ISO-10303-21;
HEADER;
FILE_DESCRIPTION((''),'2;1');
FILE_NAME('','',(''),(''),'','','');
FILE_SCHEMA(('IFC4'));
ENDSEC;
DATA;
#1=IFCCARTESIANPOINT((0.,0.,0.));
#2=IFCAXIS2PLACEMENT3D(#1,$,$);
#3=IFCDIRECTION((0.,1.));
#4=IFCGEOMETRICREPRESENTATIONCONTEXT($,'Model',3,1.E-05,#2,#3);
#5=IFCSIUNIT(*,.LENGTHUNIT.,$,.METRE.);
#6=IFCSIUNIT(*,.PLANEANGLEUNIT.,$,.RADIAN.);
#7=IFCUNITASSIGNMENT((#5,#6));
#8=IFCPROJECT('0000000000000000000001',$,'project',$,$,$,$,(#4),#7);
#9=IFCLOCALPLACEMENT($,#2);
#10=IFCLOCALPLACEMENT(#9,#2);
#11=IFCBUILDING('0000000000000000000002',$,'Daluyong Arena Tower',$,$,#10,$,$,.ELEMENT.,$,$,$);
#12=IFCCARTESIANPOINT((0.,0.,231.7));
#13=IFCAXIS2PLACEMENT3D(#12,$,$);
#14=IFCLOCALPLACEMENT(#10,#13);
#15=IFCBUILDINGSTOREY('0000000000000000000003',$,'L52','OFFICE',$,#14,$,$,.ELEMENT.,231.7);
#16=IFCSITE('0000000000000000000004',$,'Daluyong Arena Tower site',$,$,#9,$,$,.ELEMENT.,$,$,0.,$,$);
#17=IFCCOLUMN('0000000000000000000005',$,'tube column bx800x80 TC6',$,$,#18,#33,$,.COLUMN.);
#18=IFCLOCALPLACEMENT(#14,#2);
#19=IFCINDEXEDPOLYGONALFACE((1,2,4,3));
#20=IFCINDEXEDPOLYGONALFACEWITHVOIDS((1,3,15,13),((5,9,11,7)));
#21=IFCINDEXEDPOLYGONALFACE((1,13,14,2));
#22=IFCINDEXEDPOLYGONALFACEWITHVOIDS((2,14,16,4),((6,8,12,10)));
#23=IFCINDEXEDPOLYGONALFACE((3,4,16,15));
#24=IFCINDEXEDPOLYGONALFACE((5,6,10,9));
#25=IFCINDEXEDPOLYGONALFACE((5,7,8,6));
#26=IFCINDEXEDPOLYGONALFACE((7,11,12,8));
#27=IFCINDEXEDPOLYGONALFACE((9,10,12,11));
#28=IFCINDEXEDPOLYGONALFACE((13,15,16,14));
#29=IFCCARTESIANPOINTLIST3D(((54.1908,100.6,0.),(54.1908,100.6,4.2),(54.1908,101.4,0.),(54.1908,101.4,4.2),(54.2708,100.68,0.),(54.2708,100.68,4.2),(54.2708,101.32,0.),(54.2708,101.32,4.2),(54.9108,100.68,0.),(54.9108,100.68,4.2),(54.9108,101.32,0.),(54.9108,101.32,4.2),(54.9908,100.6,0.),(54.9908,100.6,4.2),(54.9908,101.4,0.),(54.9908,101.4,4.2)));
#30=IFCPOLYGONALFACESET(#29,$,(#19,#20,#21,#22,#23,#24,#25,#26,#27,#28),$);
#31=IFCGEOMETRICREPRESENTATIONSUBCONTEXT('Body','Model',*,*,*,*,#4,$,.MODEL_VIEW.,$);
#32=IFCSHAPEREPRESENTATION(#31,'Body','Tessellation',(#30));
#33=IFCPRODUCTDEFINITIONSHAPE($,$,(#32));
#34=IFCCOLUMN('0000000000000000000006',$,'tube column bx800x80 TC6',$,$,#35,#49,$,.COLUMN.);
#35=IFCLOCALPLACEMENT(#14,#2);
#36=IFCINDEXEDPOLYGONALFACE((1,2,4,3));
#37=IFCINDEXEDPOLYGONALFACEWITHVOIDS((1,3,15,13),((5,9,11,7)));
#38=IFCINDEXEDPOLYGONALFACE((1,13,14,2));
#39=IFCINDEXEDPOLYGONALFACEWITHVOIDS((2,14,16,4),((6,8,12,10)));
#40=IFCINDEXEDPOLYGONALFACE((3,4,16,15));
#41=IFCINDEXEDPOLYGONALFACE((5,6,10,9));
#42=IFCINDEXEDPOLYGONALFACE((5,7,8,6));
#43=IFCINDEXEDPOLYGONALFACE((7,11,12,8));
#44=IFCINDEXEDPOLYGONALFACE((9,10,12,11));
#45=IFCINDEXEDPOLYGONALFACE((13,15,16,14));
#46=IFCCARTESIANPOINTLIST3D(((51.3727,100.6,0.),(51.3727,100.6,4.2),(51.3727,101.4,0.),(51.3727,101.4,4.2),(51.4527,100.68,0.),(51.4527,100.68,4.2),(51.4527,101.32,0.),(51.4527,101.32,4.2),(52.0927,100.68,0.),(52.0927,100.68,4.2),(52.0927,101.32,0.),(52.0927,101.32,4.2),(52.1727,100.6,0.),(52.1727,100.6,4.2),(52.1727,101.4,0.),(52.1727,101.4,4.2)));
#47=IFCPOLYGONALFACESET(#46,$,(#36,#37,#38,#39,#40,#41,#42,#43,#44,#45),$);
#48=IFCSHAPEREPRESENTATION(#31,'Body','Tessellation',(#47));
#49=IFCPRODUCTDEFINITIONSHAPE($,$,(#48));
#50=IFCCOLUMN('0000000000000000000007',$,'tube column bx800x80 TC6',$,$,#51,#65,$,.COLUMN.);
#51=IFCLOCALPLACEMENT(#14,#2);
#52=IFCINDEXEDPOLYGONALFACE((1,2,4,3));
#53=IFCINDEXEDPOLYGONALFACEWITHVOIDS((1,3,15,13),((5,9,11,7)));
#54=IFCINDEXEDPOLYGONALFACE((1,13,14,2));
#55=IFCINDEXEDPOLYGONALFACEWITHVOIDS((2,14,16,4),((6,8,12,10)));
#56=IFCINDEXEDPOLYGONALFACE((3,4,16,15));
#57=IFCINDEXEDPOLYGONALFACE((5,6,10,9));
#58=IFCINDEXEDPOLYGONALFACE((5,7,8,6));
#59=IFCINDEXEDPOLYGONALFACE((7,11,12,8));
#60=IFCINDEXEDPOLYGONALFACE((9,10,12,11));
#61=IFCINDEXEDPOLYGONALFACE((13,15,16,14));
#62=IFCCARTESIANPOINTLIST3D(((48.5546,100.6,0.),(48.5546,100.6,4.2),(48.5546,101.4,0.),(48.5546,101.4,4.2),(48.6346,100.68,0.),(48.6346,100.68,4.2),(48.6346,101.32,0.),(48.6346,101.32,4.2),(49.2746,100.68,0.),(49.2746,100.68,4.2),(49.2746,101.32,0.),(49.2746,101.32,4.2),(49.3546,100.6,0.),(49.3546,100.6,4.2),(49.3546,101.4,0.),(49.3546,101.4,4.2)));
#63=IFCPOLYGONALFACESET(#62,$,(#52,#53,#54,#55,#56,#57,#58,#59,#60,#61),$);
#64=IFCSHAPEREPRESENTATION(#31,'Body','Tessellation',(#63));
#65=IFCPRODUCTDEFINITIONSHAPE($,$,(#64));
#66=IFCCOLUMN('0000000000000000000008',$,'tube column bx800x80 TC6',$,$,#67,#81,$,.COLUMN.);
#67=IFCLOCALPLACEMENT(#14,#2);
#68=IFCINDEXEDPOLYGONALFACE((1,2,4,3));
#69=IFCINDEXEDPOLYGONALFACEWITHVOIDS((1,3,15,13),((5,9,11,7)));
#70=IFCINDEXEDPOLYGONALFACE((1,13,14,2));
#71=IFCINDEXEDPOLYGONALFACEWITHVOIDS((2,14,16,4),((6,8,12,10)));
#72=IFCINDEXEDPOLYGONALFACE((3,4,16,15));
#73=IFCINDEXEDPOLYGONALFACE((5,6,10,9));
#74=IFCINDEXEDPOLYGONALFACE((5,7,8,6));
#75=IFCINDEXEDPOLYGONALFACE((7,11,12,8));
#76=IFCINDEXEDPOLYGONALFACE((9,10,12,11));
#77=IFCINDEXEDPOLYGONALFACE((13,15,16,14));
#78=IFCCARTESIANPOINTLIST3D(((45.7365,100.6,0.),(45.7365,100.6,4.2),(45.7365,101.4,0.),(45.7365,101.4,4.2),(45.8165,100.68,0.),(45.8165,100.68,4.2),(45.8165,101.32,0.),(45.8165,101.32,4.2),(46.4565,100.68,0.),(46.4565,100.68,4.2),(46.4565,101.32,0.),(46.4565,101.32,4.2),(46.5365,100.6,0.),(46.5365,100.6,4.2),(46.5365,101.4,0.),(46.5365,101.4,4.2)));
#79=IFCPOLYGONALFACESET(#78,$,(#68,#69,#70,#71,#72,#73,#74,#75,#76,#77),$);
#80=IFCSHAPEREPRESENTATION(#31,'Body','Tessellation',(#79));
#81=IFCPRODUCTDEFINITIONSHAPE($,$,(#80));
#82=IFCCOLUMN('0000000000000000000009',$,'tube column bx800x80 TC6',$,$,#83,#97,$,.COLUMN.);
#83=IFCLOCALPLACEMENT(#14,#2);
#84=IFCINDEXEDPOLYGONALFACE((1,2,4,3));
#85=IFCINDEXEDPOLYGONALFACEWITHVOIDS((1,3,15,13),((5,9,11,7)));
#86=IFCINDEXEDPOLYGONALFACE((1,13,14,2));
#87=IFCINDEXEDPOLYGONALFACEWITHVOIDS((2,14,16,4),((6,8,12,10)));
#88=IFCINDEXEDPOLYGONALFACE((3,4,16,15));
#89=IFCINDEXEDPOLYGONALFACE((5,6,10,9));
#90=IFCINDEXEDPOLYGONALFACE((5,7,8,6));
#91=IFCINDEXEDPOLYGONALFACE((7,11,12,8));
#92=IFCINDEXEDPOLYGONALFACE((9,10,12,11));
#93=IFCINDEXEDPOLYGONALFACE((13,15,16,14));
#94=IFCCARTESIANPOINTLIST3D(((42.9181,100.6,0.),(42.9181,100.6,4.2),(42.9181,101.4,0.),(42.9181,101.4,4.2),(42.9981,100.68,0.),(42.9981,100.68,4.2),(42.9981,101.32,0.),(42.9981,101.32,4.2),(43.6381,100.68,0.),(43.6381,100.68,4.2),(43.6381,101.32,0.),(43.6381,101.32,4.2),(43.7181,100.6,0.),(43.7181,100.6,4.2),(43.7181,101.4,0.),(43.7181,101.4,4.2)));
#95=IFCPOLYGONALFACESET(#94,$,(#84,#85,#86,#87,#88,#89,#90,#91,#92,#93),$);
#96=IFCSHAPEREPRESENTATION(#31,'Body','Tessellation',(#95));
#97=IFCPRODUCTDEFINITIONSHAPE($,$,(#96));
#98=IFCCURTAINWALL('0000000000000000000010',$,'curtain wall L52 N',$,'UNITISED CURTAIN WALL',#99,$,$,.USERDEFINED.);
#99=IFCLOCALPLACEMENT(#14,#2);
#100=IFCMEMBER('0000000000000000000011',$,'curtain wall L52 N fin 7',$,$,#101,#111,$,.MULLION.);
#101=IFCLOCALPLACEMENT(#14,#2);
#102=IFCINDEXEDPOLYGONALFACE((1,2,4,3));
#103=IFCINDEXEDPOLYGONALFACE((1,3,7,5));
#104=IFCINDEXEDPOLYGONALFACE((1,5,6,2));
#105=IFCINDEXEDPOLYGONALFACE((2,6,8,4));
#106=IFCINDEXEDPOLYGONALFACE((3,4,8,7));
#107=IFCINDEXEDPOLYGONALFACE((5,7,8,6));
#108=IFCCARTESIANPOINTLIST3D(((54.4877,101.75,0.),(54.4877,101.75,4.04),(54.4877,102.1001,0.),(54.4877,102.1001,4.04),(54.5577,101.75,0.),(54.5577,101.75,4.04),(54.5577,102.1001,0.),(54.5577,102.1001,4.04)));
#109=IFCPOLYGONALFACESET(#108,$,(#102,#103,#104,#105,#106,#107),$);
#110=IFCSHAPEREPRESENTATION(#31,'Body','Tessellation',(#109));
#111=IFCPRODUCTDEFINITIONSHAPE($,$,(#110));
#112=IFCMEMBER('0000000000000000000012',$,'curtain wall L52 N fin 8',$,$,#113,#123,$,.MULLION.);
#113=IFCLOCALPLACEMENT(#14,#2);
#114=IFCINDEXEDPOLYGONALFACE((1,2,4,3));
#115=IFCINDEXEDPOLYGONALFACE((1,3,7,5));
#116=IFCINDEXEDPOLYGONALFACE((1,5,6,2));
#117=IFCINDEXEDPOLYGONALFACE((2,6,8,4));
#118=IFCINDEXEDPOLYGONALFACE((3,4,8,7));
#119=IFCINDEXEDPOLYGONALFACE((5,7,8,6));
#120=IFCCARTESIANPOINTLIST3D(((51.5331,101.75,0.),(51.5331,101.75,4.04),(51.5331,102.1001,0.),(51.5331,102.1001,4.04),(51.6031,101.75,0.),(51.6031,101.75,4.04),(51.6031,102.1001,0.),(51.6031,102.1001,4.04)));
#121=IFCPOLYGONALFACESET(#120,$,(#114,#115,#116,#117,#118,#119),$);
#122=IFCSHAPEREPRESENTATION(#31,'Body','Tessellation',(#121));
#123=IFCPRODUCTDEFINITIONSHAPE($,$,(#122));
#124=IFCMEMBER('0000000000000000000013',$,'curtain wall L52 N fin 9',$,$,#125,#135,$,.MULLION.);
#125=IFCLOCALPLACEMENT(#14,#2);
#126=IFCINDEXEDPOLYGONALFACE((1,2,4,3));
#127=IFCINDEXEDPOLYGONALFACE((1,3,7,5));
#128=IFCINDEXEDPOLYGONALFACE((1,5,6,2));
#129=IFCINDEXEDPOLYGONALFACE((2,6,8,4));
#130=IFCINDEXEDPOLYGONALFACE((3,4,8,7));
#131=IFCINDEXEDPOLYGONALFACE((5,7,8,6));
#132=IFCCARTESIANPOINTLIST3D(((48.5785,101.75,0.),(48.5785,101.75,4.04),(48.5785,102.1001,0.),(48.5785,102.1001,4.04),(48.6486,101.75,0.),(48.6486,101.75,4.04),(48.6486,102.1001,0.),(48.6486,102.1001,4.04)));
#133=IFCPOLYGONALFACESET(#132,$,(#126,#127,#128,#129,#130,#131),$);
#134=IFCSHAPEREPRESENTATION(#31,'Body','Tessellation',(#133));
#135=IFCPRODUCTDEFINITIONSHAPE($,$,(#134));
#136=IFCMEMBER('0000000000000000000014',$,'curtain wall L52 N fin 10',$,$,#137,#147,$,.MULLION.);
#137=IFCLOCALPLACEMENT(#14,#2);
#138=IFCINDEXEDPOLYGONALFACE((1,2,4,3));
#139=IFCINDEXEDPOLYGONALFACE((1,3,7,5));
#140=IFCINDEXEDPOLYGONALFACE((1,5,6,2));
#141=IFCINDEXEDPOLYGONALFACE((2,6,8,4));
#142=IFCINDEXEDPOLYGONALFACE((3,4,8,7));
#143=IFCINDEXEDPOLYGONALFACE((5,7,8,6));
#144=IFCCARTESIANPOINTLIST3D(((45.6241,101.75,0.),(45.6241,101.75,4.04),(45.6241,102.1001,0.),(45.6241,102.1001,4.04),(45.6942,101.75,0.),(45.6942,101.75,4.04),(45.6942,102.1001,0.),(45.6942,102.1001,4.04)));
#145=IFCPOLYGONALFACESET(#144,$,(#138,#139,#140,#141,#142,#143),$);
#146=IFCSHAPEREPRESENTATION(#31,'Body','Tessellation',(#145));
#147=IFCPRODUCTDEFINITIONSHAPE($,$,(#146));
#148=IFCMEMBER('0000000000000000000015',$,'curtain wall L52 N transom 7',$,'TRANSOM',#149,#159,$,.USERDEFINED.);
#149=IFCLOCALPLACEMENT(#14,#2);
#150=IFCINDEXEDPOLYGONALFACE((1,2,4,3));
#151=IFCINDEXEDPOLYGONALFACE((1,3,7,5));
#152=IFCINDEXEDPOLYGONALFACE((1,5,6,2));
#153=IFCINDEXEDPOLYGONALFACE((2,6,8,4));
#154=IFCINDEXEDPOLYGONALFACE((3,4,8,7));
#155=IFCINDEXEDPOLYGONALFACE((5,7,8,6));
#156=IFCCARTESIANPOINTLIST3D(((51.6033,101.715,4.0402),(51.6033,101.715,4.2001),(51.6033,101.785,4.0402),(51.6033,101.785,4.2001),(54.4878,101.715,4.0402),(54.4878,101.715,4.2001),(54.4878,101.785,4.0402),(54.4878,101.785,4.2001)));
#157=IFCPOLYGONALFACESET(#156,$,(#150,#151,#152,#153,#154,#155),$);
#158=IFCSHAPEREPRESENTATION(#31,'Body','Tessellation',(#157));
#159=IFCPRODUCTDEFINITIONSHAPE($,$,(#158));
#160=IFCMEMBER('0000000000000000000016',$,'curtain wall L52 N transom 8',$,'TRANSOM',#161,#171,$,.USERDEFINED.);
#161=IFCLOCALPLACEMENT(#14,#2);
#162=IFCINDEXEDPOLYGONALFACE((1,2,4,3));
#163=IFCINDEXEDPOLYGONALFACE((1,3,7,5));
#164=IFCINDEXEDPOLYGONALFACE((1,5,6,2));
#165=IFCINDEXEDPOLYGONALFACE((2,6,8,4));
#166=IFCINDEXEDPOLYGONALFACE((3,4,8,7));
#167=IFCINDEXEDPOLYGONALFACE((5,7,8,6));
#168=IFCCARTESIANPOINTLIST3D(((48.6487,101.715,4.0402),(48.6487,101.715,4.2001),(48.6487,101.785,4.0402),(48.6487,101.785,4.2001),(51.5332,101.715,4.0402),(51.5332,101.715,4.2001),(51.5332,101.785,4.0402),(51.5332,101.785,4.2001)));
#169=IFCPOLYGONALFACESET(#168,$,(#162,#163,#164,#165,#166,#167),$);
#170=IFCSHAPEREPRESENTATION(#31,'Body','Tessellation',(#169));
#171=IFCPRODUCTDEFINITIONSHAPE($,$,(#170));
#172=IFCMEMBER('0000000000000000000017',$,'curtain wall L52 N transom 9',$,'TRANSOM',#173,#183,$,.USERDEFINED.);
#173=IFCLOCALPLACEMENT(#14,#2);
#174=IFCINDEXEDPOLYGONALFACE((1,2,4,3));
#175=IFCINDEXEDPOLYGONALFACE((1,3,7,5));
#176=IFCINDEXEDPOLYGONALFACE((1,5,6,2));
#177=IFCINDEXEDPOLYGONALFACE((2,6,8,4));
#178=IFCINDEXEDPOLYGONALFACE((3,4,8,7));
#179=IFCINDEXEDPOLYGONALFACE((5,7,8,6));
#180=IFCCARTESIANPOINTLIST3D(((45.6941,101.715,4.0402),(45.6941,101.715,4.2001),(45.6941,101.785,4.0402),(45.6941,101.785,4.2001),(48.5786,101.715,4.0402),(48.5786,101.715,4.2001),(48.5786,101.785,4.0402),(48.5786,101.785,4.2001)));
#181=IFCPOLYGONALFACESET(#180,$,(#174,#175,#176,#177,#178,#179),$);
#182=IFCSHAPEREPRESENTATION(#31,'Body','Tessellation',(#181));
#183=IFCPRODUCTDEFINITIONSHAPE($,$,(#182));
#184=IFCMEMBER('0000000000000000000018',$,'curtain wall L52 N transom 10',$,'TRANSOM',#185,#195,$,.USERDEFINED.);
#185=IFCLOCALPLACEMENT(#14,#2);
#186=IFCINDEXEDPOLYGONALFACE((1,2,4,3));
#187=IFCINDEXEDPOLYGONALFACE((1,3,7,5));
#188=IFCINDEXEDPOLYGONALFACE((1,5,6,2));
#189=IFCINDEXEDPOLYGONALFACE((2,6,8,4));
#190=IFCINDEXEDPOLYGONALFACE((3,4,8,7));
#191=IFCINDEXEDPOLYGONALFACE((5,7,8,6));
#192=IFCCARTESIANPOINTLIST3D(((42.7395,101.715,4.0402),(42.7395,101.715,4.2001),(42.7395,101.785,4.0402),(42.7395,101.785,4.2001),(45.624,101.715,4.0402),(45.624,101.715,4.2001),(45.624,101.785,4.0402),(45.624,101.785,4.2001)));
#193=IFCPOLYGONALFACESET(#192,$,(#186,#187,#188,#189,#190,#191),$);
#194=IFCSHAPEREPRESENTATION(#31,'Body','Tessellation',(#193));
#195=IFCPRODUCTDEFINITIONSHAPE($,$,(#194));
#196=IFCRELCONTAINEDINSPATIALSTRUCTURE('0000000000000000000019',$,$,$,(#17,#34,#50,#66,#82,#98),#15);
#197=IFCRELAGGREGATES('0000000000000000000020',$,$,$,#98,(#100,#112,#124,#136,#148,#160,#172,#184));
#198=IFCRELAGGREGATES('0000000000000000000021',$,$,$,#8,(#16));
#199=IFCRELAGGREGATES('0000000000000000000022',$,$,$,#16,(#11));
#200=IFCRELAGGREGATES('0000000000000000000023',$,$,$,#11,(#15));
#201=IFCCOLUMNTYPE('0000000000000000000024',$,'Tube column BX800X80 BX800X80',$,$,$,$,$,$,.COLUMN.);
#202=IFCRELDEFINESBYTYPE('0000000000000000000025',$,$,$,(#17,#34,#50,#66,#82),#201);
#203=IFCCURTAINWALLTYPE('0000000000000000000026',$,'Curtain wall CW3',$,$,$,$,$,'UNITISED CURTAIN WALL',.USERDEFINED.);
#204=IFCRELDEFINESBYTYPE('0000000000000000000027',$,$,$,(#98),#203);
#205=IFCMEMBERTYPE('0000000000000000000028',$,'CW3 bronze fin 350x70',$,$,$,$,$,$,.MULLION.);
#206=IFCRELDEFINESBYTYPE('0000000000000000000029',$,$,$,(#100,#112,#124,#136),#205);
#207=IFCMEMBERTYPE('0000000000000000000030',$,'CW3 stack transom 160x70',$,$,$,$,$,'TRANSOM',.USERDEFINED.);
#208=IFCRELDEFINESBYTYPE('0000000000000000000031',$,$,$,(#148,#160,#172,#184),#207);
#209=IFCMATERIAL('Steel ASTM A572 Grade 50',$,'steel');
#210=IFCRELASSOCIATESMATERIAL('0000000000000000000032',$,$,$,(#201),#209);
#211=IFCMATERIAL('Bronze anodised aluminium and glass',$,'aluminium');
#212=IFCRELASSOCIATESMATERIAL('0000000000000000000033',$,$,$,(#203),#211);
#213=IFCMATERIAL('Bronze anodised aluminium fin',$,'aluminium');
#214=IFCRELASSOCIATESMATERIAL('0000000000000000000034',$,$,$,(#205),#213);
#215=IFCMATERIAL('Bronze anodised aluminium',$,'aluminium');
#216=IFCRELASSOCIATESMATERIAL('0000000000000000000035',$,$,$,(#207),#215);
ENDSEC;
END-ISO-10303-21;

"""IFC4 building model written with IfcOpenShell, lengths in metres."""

from ifc_helpers import new_model, si_unit, direction, frame, origin, origin_2d, place, context, subcontext, project, spatial, rectangle, hollow_rectangle, extrude, material, material_profile, profile_set, type_object, element, aggregate, save


model = new_model("IFC4")

# Units and contexts
model_context = context("Model", 3, precision=1e-05, world=origin(), true_north=direction((0.0, 1.0)))
body_context = subcontext(model_context, "Body", "Model", "MODEL_VIEW")
ifc_project = project(units=[si_unit("LENGTHUNIT", "METRE"), si_unit("PLANEANGLEUNIT", "RADIAN")], contexts=[model_context])

# Site, building, storey
site_placement = place(None, origin())
site = spatial("IfcSite", under=ifc_project, at=site_placement, Name="Daluyong Arena Tower site", CompositionType="ELEMENT", RefElevation=0.0)
building_placement = place(site_placement, origin())
building = spatial("IfcBuilding", under=site, at=building_placement, Name="Daluyong Arena Tower", CompositionType="ELEMENT")
storey_placement = place(building_placement, frame((0.0, 0.0, 231.7)))
storey = spatial("IfcBuildingStorey", under=building, at=storey_placement, Name="L52", Description="OFFICE", CompositionType="ELEMENT", Elevation=231.7)

# Columns
ifc_material_1 = material(Name="Steel ASTM A572 Grade 50", Category="steel")
ifc_material_profile_1 = material_profile(ifc_material_1, hollow_rectangle(XDim=0.8, YDim=0.8, WallThickness=0.08, at=origin_2d()))
ifc_profile_set_1 = profile_set([ifc_material_profile_1], Name="Steel ASTM A572 Grade 50")
column_type = type_object("IfcColumnType", Name="Tube column BX800X80 BX800X80", PredefinedType="COLUMN", material=ifc_profile_set_1)
for number, where, z_axis, x_axis, name in (
    (1, (54.5908, 101.0, 0.0), (0.0, 0.0, 1.0), (1.0, 0.0, 0.0), "tube column bx800x80 TC6"),
    (2, (51.7727, 101.0, 0.0), (0.0, 0.0, 1.0), (1.0, 0.0, 0.0), "tube column bx800x80 TC6"),
    (3, (48.9546, 101.0, 0.0), (0.0, 0.0, 1.0), (1.0, 0.0, 0.0), "tube column bx800x80 TC6"),
    (4, (46.1365, 101.0, 0.0), (0.0, 0.0, 1.0), (1.0, 0.0, 0.0), "tube column bx800x80 TC6"),
    (5, (43.3181, 101.0, 0.0), (0.0, 0.0, 1.0), (1.0, 0.0, 0.0), "tube column bx800x80 TC6"),
):
    element("IfcColumn", number, at=place(storey_placement, frame(where, z_axis=z_axis, x_axis=x_axis)), inside=storey, type_object=column_type, Name=name, PredefinedType="COLUMN", context=body_context, shape_type="SweptSolid", body=[
        extrude(hollow_rectangle(XDim=0.8, YDim=0.8, WallThickness=0.08, at=origin_2d()), origin(), (0.0, 0.0, 1.0), 4.2),
    ])

# Curtain wall, members
ifc_material_2 = material(Name="Bronze anodised aluminium and glass", Category="aluminium")
curtain_wall_type = type_object("IfcCurtainWallType", Name="Curtain wall CW3", ElementType="UNITISED CURTAIN WALL", PredefinedType="USERDEFINED", material=ifc_material_2)
curtain_wall_placement = place(storey_placement, origin())
curtain_wall = element("IfcCurtainWall", 6, at=curtain_wall_placement, inside=storey, type_object=curtain_wall_type, Name="curtain wall L52 N", ObjectType="UNITISED CURTAIN WALL", PredefinedType="USERDEFINED")
ifc_material_3 = material(Name="Bronze anodised aluminium fin", Category="aluminium")
ifc_material_profile_2 = material_profile(ifc_material_3, rectangle(XDim=0.3501, YDim=0.0701, at=origin_2d()))
ifc_profile_set_2 = profile_set([ifc_material_profile_2], Name="Bronze anodised aluminium fin")
member_type_1 = type_object("IfcMemberType", Name="CW3 bronze fin 350x70", PredefinedType="MULLION", material=ifc_profile_set_2)
member_1_placement = place(storey_placement, frame((54.5227, 101.925, 0.0), z_axis=(0.0, 0.0, 1.0), x_axis=(0.0, -1.0, 0.0)))
member_1 = element("IfcMember", 7, at=member_1_placement, type_object=member_type_1, Name="curtain wall L52 N fin 7", PredefinedType="MULLION", context=body_context, shape_type="SweptSolid", body=[
    extrude(rectangle(XDim=0.3501, YDim=0.0701, at=origin_2d()), origin(), (0.0, 0.0, 1.0), 4.04),
])
member_2_placement = place(storey_placement, frame((51.5681, 101.925, 0.0), z_axis=(0.0, 0.0, 1.0), x_axis=(0.0, -1.0, 0.0)))
member_2 = element("IfcMember", 8, at=member_2_placement, type_object=member_type_1, Name="curtain wall L52 N fin 8", PredefinedType="MULLION", context=body_context, shape_type="SweptSolid", body=[
    extrude(rectangle(XDim=0.3501, YDim=0.0701, at=origin_2d()), origin(), (0.0, 0.0, 1.0), 4.04),
])
member_3_placement = place(storey_placement, frame((48.6135, 101.925, 0.0), z_axis=(0.0, 0.0, 1.0), x_axis=(0.0, -1.0, 0.0)))
member_3 = element("IfcMember", 9, at=member_3_placement, type_object=member_type_1, Name="curtain wall L52 N fin 9", PredefinedType="MULLION", context=body_context, shape_type="SweptSolid", body=[
    extrude(rectangle(XDim=0.3501, YDim=0.0701, at=origin_2d()), origin(), (0.0, 0.0, 1.0), 4.04),
])
member_4_placement = place(storey_placement, frame((45.6592, 101.925, 0.0), z_axis=(0.0, 0.0, 1.0), x_axis=(0.0, -1.0, 0.0)))
member_4 = element("IfcMember", 10, at=member_4_placement, type_object=member_type_1, Name="curtain wall L52 N fin 10", PredefinedType="MULLION", context=body_context, shape_type="SweptSolid", body=[
    extrude(rectangle(XDim=0.3501, YDim=0.0701, at=origin_2d()), origin(), (0.0, 0.0, 1.0), 4.04),
])
ifc_material_4 = material(Name="Bronze anodised aluminium", Category="aluminium")
ifc_material_profile_3 = material_profile(ifc_material_4, rectangle(XDim=0.0701, YDim=0.1599, at=origin_2d()))
ifc_profile_set_3 = profile_set([ifc_material_profile_3], Name="Bronze anodised aluminium")
member_type_2 = type_object("IfcMemberType", Name="CW3 stack transom 160x70", ElementType="TRANSOM", PredefinedType="USERDEFINED", material=ifc_profile_set_3)
member_5_placement = place(storey_placement, frame((54.4878, 101.75, 4.1201), z_axis=(-1.0, 0.0, 0.0), x_axis=(0.0, -1.0, 0.0)))
member_5 = element("IfcMember", 11, at=member_5_placement, type_object=member_type_2, Name="curtain wall L52 N transom 7", ObjectType="TRANSOM", PredefinedType="USERDEFINED", context=body_context, shape_type="SweptSolid", body=[
    extrude(rectangle(XDim=0.0701, YDim=0.1599, at=origin_2d()), origin(), (0.0, 0.0, 1.0), 2.8845),
])
member_6_placement = place(storey_placement, frame((51.5332, 101.75, 4.1201), z_axis=(-1.0, 0.0, 0.0), x_axis=(0.0, -1.0, 0.0)))
member_6 = element("IfcMember", 12, at=member_6_placement, type_object=member_type_2, Name="curtain wall L52 N transom 8", ObjectType="TRANSOM", PredefinedType="USERDEFINED", context=body_context, shape_type="SweptSolid", body=[
    extrude(rectangle(XDim=0.0701, YDim=0.1599, at=origin_2d()), origin(), (0.0, 0.0, 1.0), 2.8845),
])
member_7_placement = place(storey_placement, frame((48.5786, 101.75, 4.1201), z_axis=(-1.0, 0.0, 0.0), x_axis=(0.0, -1.0, 0.0)))
member_7 = element("IfcMember", 13, at=member_7_placement, type_object=member_type_2, Name="curtain wall L52 N transom 9", ObjectType="TRANSOM", PredefinedType="USERDEFINED", context=body_context, shape_type="SweptSolid", body=[
    extrude(rectangle(XDim=0.0701, YDim=0.1599, at=origin_2d()), origin(), (0.0, 0.0, 1.0), 2.8845),
])
member_8_placement = place(storey_placement, frame((45.624, 101.75, 4.1201), z_axis=(-1.0, 0.0, 0.0), x_axis=(0.0, -1.0, 0.0)))
member_8 = element("IfcMember", 14, at=member_8_placement, type_object=member_type_2, Name="curtain wall L52 N transom 10", ObjectType="TRANSOM", PredefinedType="USERDEFINED", context=body_context, shape_type="SweptSolid", body=[
    extrude(rectangle(XDim=0.0701, YDim=0.1599, at=origin_2d()), origin(), (0.0, 0.0, 1.0), 2.8845),
])

aggregate(curtain_wall, [member_1, member_2, member_3, member_4, member_5, member_6, member_7, member_8])

save(model, "model.ifc")
